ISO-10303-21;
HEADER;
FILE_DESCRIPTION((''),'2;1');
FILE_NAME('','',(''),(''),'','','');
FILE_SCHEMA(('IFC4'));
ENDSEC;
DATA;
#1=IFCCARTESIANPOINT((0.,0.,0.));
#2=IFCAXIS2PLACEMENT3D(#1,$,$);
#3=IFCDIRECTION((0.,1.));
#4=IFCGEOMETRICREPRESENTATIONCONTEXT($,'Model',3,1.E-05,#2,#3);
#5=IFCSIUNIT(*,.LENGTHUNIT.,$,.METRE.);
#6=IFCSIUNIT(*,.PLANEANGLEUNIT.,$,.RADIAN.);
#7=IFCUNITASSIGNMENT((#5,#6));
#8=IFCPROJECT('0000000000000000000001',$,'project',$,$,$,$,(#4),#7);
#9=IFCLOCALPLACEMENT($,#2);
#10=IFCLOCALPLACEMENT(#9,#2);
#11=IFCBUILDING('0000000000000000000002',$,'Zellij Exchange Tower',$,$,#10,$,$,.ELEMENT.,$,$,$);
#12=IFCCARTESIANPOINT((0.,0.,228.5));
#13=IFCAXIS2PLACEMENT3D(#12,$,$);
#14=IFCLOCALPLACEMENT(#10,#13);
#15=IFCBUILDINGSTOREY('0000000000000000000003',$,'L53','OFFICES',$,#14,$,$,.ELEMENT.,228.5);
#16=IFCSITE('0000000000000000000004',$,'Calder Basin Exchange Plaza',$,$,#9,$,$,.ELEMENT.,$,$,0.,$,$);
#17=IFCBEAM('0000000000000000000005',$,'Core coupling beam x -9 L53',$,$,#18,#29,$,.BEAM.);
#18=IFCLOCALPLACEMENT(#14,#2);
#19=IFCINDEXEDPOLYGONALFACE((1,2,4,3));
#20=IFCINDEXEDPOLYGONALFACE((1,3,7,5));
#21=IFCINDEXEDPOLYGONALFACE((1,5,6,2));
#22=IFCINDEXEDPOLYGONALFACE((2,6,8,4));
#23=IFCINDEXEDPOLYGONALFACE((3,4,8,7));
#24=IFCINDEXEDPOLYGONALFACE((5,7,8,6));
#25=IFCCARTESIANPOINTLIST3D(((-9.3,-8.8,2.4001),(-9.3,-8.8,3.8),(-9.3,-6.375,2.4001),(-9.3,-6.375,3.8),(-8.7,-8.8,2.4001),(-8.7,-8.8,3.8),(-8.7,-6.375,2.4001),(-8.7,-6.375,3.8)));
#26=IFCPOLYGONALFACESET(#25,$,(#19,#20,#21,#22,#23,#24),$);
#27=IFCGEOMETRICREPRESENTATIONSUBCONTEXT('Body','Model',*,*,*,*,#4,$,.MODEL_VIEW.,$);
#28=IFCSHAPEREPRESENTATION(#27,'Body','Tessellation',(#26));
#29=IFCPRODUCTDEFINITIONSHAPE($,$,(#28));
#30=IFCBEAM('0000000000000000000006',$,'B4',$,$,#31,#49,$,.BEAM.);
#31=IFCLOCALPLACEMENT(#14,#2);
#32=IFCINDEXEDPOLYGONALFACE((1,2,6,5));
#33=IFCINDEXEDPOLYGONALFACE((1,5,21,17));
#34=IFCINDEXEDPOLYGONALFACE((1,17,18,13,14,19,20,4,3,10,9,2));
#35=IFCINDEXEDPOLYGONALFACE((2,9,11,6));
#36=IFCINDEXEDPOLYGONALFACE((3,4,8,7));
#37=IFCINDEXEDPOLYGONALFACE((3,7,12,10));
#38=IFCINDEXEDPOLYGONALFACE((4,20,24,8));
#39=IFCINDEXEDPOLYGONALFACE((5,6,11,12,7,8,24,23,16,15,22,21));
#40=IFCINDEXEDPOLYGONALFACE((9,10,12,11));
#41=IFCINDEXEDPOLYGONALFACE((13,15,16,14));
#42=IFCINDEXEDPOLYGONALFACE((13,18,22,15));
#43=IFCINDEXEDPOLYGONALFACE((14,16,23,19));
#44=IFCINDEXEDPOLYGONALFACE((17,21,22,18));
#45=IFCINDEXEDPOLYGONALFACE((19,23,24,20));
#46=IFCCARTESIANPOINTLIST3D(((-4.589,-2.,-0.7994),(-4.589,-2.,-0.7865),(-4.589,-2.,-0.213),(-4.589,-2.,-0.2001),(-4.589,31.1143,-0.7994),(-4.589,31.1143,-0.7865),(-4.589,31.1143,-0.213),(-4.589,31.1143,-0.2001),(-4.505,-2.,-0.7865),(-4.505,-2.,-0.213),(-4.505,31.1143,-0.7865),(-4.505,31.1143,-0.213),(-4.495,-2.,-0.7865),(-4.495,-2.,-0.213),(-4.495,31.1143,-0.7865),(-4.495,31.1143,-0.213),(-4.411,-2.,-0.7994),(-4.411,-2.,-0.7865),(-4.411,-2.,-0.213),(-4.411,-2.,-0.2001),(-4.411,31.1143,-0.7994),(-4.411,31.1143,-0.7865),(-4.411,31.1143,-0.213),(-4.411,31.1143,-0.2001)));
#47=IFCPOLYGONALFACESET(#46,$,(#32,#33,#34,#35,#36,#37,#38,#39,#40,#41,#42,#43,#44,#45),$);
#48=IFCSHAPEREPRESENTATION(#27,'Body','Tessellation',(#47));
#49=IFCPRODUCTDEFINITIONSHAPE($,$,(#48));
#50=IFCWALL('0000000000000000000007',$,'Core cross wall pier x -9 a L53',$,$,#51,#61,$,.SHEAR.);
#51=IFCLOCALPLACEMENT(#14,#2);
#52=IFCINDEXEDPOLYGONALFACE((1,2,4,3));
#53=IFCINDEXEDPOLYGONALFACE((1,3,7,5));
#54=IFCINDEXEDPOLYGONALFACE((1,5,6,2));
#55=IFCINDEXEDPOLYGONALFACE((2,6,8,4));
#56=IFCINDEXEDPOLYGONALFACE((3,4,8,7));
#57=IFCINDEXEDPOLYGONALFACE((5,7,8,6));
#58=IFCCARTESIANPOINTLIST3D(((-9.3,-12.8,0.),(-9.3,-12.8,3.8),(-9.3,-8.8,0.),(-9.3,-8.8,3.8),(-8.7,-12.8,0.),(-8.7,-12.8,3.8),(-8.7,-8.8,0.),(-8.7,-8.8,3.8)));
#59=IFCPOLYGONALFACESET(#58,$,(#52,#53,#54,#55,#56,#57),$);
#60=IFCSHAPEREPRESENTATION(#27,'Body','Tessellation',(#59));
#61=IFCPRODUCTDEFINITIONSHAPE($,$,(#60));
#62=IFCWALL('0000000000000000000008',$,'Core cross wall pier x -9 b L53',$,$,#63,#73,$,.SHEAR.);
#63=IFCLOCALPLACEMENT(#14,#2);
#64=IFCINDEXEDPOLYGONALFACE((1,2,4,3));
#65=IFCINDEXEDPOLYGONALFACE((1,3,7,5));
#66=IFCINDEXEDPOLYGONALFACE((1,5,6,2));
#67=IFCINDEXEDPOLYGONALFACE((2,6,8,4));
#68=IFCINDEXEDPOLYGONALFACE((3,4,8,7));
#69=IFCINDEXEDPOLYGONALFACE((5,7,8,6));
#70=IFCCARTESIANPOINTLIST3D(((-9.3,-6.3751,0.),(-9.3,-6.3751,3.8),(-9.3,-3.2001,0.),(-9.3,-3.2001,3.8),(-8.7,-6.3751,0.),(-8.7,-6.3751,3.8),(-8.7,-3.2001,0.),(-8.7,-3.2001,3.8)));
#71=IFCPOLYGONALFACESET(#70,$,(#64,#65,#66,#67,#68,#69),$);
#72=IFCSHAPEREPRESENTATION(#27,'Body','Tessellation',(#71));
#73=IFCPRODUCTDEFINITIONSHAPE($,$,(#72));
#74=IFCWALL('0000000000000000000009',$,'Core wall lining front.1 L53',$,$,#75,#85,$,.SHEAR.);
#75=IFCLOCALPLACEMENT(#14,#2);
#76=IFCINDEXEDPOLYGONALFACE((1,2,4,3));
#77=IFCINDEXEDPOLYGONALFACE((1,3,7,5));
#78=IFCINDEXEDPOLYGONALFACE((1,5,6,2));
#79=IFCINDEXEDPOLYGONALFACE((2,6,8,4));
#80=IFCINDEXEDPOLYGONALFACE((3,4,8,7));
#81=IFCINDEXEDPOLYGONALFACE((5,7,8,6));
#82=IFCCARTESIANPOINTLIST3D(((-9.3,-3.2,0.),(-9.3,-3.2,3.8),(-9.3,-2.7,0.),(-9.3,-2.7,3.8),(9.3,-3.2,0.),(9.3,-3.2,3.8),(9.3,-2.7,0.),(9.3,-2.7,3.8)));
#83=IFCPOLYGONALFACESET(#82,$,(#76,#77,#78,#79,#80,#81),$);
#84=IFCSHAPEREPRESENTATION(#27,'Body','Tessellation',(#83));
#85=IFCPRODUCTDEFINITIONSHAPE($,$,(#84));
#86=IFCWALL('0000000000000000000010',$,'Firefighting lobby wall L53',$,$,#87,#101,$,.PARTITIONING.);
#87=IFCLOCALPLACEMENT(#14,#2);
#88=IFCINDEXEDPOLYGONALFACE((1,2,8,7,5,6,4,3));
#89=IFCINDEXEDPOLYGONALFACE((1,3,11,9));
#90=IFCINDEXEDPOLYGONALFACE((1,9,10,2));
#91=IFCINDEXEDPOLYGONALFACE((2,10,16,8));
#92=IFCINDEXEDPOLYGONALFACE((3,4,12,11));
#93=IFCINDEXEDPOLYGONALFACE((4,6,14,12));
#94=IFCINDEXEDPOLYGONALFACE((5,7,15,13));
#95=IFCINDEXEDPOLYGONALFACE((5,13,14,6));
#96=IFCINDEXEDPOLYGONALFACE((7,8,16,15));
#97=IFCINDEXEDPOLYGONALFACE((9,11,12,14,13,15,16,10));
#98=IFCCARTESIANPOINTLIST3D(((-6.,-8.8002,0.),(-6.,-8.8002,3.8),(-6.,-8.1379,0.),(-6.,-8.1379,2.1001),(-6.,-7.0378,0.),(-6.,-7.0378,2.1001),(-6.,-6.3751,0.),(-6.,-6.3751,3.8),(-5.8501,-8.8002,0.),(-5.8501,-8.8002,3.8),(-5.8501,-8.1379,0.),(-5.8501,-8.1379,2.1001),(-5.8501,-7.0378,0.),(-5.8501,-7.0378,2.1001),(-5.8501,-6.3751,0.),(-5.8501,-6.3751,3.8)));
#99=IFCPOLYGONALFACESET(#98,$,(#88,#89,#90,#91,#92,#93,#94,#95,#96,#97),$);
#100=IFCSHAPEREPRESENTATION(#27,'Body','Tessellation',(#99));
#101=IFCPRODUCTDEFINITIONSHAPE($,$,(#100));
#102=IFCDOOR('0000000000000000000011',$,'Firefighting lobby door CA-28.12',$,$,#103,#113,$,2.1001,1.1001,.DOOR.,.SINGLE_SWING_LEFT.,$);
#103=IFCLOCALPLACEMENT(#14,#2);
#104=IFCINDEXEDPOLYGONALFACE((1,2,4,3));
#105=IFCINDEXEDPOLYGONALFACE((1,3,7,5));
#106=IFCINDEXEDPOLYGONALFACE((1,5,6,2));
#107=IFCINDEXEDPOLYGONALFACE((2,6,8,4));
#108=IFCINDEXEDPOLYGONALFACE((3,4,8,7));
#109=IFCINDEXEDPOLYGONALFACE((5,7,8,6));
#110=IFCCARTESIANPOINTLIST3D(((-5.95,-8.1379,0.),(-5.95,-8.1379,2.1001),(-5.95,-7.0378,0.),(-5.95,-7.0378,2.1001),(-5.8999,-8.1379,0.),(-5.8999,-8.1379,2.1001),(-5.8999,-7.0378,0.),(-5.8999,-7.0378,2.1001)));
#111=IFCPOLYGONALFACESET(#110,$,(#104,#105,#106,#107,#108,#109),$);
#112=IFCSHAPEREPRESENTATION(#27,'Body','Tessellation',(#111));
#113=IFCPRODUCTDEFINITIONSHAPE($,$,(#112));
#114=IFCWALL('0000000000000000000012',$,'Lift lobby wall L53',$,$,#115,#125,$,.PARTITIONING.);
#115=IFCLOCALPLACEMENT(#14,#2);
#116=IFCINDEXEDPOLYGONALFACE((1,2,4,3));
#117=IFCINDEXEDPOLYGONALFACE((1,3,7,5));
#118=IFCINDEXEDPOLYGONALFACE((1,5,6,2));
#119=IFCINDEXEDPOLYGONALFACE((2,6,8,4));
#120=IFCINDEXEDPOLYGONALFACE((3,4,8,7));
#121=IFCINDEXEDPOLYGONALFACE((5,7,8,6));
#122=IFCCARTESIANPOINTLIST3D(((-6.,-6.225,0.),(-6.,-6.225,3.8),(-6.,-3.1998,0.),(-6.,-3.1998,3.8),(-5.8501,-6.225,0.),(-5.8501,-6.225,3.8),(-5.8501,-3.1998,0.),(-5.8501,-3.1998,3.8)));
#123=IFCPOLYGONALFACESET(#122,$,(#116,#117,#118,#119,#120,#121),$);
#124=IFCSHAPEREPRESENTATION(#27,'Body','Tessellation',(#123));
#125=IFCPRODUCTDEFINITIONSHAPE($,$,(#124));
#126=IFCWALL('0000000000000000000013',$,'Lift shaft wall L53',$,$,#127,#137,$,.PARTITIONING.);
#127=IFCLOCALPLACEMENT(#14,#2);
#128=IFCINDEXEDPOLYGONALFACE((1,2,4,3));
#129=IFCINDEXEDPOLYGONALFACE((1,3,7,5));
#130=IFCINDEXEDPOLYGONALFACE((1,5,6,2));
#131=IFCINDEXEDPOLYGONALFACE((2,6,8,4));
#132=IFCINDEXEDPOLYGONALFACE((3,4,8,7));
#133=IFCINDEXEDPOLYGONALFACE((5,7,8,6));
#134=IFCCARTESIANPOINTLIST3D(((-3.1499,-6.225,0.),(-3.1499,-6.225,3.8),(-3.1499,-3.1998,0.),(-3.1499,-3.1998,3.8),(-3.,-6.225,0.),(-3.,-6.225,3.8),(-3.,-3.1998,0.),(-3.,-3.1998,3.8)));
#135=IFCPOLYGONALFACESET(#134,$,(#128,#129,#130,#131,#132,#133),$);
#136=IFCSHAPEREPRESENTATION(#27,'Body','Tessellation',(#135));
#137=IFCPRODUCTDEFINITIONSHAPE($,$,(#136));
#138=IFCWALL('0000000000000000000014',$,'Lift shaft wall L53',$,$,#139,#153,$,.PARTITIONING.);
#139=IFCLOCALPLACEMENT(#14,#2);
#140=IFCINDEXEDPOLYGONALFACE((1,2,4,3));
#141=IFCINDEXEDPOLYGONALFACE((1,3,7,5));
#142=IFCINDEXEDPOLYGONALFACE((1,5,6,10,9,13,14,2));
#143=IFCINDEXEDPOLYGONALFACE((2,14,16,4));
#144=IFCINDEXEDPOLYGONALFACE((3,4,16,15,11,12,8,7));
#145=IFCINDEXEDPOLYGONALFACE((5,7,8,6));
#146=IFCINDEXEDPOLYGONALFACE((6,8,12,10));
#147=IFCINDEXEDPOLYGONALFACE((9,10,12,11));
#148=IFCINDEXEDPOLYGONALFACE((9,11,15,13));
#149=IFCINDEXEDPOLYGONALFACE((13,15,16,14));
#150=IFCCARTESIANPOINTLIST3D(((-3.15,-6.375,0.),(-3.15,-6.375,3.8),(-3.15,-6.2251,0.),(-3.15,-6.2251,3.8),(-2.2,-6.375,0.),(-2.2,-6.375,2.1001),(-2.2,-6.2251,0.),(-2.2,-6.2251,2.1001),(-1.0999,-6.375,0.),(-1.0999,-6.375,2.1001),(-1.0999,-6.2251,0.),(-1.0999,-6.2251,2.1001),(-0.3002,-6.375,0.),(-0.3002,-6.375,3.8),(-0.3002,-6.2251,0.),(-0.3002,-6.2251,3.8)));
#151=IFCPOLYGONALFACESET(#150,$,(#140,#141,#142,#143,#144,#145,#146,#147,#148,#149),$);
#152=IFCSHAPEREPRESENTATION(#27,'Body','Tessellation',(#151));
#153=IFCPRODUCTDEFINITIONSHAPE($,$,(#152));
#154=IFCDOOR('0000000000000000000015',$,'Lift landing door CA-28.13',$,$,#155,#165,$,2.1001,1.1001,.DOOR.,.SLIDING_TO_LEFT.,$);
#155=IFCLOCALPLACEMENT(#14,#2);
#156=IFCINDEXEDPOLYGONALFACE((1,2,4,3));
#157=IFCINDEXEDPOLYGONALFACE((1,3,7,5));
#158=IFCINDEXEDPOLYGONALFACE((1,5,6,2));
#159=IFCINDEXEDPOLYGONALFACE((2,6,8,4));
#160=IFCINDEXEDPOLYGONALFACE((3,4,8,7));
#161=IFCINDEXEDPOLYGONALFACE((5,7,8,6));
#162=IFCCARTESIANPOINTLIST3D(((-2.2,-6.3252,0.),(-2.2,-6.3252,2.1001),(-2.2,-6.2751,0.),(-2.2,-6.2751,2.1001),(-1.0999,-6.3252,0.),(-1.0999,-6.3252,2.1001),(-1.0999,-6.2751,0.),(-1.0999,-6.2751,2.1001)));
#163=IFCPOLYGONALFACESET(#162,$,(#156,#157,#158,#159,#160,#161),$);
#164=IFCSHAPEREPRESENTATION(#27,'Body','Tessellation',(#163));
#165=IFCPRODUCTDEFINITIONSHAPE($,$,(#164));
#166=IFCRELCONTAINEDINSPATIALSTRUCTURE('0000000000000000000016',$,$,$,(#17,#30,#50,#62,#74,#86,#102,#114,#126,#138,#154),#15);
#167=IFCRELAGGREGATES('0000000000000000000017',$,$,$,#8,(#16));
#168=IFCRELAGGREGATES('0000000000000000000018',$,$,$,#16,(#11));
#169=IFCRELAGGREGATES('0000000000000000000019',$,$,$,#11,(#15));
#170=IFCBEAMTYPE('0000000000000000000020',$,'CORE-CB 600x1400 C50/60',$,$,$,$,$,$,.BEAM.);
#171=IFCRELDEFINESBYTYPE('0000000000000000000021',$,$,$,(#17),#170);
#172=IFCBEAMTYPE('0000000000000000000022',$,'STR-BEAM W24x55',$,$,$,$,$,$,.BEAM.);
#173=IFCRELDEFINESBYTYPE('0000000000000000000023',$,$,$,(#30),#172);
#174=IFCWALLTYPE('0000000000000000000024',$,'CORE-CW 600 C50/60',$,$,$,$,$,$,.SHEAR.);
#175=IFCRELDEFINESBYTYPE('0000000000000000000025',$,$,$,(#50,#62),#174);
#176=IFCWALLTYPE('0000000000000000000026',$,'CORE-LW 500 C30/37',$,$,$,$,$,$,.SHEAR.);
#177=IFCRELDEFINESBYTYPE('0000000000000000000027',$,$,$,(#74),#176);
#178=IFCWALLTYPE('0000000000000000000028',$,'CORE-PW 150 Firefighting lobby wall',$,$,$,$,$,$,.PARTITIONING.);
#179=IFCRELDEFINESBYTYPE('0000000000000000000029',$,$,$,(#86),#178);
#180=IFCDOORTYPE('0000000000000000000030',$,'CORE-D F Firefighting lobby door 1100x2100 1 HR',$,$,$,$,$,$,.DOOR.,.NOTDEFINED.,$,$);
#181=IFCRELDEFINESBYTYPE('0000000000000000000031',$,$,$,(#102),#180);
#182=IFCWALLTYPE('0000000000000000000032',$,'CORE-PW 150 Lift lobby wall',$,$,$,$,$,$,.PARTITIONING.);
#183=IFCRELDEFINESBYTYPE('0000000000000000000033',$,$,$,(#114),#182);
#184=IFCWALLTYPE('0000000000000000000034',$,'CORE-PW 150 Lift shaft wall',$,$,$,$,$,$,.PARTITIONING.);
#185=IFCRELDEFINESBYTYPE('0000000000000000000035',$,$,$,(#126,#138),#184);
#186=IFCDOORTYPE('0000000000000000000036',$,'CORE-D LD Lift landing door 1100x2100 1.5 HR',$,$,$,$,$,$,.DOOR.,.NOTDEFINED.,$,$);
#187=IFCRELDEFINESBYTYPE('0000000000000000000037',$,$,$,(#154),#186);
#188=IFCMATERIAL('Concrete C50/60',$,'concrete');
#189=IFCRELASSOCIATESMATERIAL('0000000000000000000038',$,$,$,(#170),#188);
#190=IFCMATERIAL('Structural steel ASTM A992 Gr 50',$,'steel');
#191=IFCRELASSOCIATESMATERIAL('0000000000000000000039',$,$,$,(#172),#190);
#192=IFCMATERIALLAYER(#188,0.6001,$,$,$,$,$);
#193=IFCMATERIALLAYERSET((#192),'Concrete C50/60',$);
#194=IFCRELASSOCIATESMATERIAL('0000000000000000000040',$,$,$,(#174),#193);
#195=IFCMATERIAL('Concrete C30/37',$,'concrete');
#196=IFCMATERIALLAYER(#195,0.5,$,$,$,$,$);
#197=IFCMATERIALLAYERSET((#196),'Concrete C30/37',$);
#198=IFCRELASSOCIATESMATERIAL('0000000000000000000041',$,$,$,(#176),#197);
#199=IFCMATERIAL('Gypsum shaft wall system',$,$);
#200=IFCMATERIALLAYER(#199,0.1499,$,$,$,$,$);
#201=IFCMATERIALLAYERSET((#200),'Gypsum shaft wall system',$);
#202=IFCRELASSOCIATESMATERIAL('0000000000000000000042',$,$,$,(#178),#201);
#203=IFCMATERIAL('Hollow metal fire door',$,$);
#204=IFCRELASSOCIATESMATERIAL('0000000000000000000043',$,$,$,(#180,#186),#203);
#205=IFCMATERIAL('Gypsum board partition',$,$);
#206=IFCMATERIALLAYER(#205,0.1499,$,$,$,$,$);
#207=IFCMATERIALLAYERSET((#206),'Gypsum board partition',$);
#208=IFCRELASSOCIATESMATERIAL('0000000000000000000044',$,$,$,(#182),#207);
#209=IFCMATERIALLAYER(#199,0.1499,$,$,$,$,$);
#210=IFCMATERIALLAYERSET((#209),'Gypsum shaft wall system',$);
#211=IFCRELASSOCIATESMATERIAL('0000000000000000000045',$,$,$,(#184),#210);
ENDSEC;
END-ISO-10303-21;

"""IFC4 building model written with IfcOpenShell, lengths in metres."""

from ifc_helpers import new_model, si_unit, direction, frame, frame_2d, origin, origin_2d, place, context, subcontext, project, spatial, rectangle, i_section, extrude, material, layer, layer_set, material_profile, profile_set, type_object, element, fill, save


model = new_model("IFC4")

# Units and contexts
model_context = context("Model", 3, precision=1e-05, world=origin(), true_north=direction((0.0, 1.0)))
body_context = subcontext(model_context, "Body", "Model", "MODEL_VIEW")
ifc_project = project(units=[si_unit("LENGTHUNIT", "METRE"), si_unit("PLANEANGLEUNIT", "RADIAN")], contexts=[model_context])

# Site, building, storey
site_placement = place(None, origin())
site = spatial("IfcSite", under=ifc_project, at=site_placement, Name="Calder Basin Exchange Plaza", CompositionType="ELEMENT", RefElevation=0.0)
building_placement = place(site_placement, origin())
building = spatial("IfcBuilding", under=site, at=building_placement, Name="Zellij Exchange Tower", CompositionType="ELEMENT")
storey_placement = place(building_placement, frame((0.0, 0.0, 228.5)))
storey = spatial("IfcBuildingStorey", under=building, at=storey_placement, Name="L53", Description="OFFICES", CompositionType="ELEMENT", Elevation=228.5)

# Beams
ifc_material_1 = material(Name="Concrete C50/60", Category="concrete")
ifc_material_profile_1 = material_profile(ifc_material_1, rectangle(XDim=0.6001, YDim=1.3999, at=origin_2d()), Name="CORE-CB 600x1400 C50/60")
ifc_profile_set_1 = profile_set([ifc_material_profile_1], Name="Concrete C50/60")
beam_type_1 = type_object("IfcBeamType", Name="CORE-CB 600x1400 C50/60", PredefinedType="BEAM", material=ifc_profile_set_1)
beam_1_placement = place(storey_placement, frame((-9.0, -8.8, 3.1001), z_axis=(0.0, 1.0, 0.0), x_axis=(-1.0, 0.0, 0.0)))
element("IfcBeam", 1, at=beam_1_placement, inside=storey, type_object=beam_type_1, Name="Core coupling beam x -9 L53", PredefinedType="BEAM", context=body_context, shape_type="SweptSolid", body=[
    extrude(rectangle(XDim=0.6001, YDim=1.3999, at=origin_2d()), origin(), (0.0, 0.0, 1.0), 2.425),
])
ifc_material_2 = material(Name="Structural steel ASTM A992 Gr 50", Category="steel")
ifc_material_profile_2 = material_profile(ifc_material_2, i_section(OverallWidth=0.178, OverallDepth=0.5994, WebThickness=0.01, FlangeThickness=0.0129, at=origin_2d()), Name="W24x55")
ifc_profile_set_2 = profile_set([ifc_material_profile_2], Name="Structural steel ASTM A992 Gr 50")
beam_type_2 = type_object("IfcBeamType", Name="STR-BEAM W24x55", PredefinedType="BEAM", material=ifc_profile_set_2)
beam_2_placement = place(storey_placement, frame((-4.5, -2.0, -0.4998), z_axis=(0.0, 1.0, 0.0), x_axis=(-1.0, 0.0, 0.0)))
element("IfcBeam", 2, at=beam_2_placement, inside=storey, type_object=beam_type_2, Name="B4", PredefinedType="BEAM", context=body_context, shape_type="SweptSolid", body=[
    extrude(i_section(OverallWidth=0.178, OverallDepth=0.5994, WebThickness=0.01, FlangeThickness=0.0129, at=origin_2d()), origin(), (0.0, 0.0, 1.0), 33.1143),
])

# Walls
ifc_layer_1 = layer(ifc_material_1, 0.6001)
ifc_layer_set_1 = layer_set([ifc_layer_1], Name="Concrete C50/60")
wall_type_1 = type_object("IfcWallType", Name="CORE-CW 600 C50/60", PredefinedType="SHEAR", material=ifc_layer_set_1)
wall_1_placement = place(storey_placement, frame((-9.0, -12.8, 0.0), z_axis=(0.0, 0.0, 1.0), x_axis=(0.0, 1.0, 0.0)))
element("IfcWall", 3, at=wall_1_placement, inside=storey, type_object=wall_type_1, Name="Core cross wall pier x -9 a L53", PredefinedType="SHEAR", context=body_context, shape_type="SweptSolid", body=[
    extrude(rectangle(XDim=4.0, YDim=0.6001, at=frame_2d((2.0, 0.0))), origin(), (0.0, 0.0, 1.0), 3.8),
])
wall_2_placement = place(storey_placement, frame((-9.0, -6.375, 0.0), z_axis=(0.0, 0.0, 1.0), x_axis=(0.0, 1.0, 0.0)))
element("IfcWall", 4, at=wall_2_placement, inside=storey, type_object=wall_type_1, Name="Core cross wall pier x -9 b L53", PredefinedType="SHEAR", context=body_context, shape_type="SweptSolid", body=[
    extrude(rectangle(XDim=3.175, YDim=0.6001, at=frame_2d((1.5874, 0.0))), origin(), (0.0, 0.0, 1.0), 3.8),
])
ifc_material_3 = material(Name="Concrete C30/37", Category="concrete")
ifc_layer_2 = layer(ifc_material_3, 0.5)
ifc_layer_set_2 = layer_set([ifc_layer_2], Name="Concrete C30/37")
wall_type_2 = type_object("IfcWallType", Name="CORE-LW 500 C30/37", PredefinedType="SHEAR", material=ifc_layer_set_2)
wall_3_placement = place(storey_placement, frame((-9.3, -2.95, 0.0), z_axis=(0.0, 0.0, 1.0), x_axis=(1.0, 0.0, 0.0)))
element("IfcWall", 5, at=wall_3_placement, inside=storey, type_object=wall_type_2, Name="Core wall lining front.1 L53", PredefinedType="SHEAR", context=body_context, shape_type="SweptSolid", body=[
    extrude(rectangle(XDim=18.6001, YDim=0.5, at=frame_2d((9.3, 0.0))), origin(), (0.0, 0.0, 1.0), 3.8),
])

# Wall, opening, door
ifc_material_4 = material(Name="Gypsum shaft wall system")
ifc_layer_3 = layer(ifc_material_4, 0.1499)
ifc_layer_set_3 = layer_set([ifc_layer_3], Name="Gypsum shaft wall system")
wall_type_3 = type_object("IfcWallType", Name="CORE-PW 150 Firefighting lobby wall", PredefinedType="PARTITIONING", material=ifc_layer_set_3)
wall_4_placement = place(storey_placement, frame((-5.925, -8.8, 0.0), z_axis=(0.0, 0.0, 1.0), x_axis=(0.0, 1.0, 0.0)))
wall_4 = element("IfcWall", 6, at=wall_4_placement, inside=storey, type_object=wall_type_3, Name="Firefighting lobby wall L53", PredefinedType="PARTITIONING", context=body_context, shape_type="SweptSolid", body=[
    extrude(rectangle(XDim=2.425, YDim=0.1499, at=frame_2d((1.2124, 0.0))), origin(), (0.0, 0.0, 1.0), 3.8),
])
opening_1_placement = place(wall_4_placement, frame((0.6621, 0.0, 0.0)))
opening_1 = element("IfcOpeningElement", 7, at=opening_1_placement, cuts=wall_4, PredefinedType="OPENING", context=body_context, shape_type="SweptSolid", body=[
    extrude(rectangle(XDim=1.1001, YDim=2.1001, at=frame_2d((0.55, 1.05))), frame((0.0, 0.0869, 0.0), z_axis=(0.0, -1.0, 0.0), x_axis=(1.0, 0.0, 0.0)), (0.0, 0.0, 1.0), 0.1738),
])
ifc_material_5 = material(Name="Hollow metal fire door")
door_type_1 = type_object("IfcDoorType", Name="CORE-D F Firefighting lobby door 1100x2100 1 HR", OperationType="NOTDEFINED", PredefinedType="DOOR", material=ifc_material_5)
door_1_placement = place(opening_1_placement, origin())
door_1 = element("IfcDoor", 8, at=door_1_placement, inside=storey, type_object=door_type_1, Name="Firefighting lobby door CA-28.12", OperationType="SINGLE_SWING_LEFT", OverallHeight=2.1001, OverallWidth=1.1001, PredefinedType="DOOR", context=body_context, shape_type="SweptSolid", body=[
    extrude(rectangle(XDim=1.1001, YDim=2.1001, at=frame_2d((0.55, 1.05))), frame((0.0, 0.0249, 0.0), z_axis=(0.0, -1.0, 0.0), x_axis=(1.0, 0.0, 0.0)), (0.0, 0.0, 1.0), 0.05),
])
fill(opening_1, door_1)

# Walls
ifc_material_6 = material(Name="Gypsum board partition")
ifc_layer_4 = layer(ifc_material_6, 0.1499)
ifc_layer_set_4 = layer_set([ifc_layer_4], Name="Gypsum board partition")
wall_type_4 = type_object("IfcWallType", Name="CORE-PW 150 Lift lobby wall", PredefinedType="PARTITIONING", material=ifc_layer_set_4)
wall_5_placement = place(storey_placement, frame((-5.925, -6.2251, 0.0), z_axis=(0.0, 0.0, 1.0), x_axis=(0.0, 1.0, 0.0)))
element("IfcWall", 9, at=wall_5_placement, inside=storey, type_object=wall_type_4, Name="Lift lobby wall L53", PredefinedType="PARTITIONING", context=body_context, shape_type="SweptSolid", body=[
    extrude(rectangle(XDim=3.0251, YDim=0.1499, at=frame_2d((1.5127, 0.0))), origin(), (0.0, 0.0, 1.0), 3.8),
])
ifc_layer_5 = layer(ifc_material_4, 0.1499)
ifc_layer_set_5 = layer_set([ifc_layer_5], Name="Gypsum shaft wall system")
wall_type_5 = type_object("IfcWallType", Name="CORE-PW 150 Lift shaft wall", PredefinedType="PARTITIONING", material=ifc_layer_set_5)
wall_6_placement = place(storey_placement, frame((-3.075, -6.2251, 0.0), z_axis=(0.0, 0.0, 1.0), x_axis=(0.0, 1.0, 0.0)))
element("IfcWall", 10, at=wall_6_placement, inside=storey, type_object=wall_type_5, Name="Lift shaft wall L53", PredefinedType="PARTITIONING", context=body_context, shape_type="SweptSolid", body=[
    extrude(rectangle(XDim=3.0251, YDim=0.1499, at=frame_2d((1.5127, 0.0))), origin(), (0.0, 0.0, 1.0), 3.8),
])

# Wall, opening, door
wall_7_placement = place(storey_placement, frame((-3.1499, -6.3, 0.0), z_axis=(0.0, 0.0, 1.0), x_axis=(1.0, 0.0, 0.0)))
wall_7 = element("IfcWall", 11, at=wall_7_placement, inside=storey, type_object=wall_type_5, Name="Lift shaft wall L53", PredefinedType="PARTITIONING", context=body_context, shape_type="SweptSolid", body=[
    extrude(rectangle(XDim=2.8499, YDim=0.1499, at=frame_2d((1.4248, 0.0))), origin(), (0.0, 0.0, 1.0), 3.8),
])
opening_2_placement = place(wall_7_placement, frame((0.95, 0.0, 0.0)))
opening_2 = element("IfcOpeningElement", 12, at=opening_2_placement, cuts=wall_7, PredefinedType="OPENING", context=body_context, shape_type="SweptSolid", body=[
    extrude(rectangle(XDim=1.1001, YDim=2.1001, at=frame_2d((0.55, 1.05))), frame((0.0, 0.0869, 0.0), z_axis=(0.0, -1.0, 0.0), x_axis=(1.0, 0.0, 0.0)), (0.0, 0.0, 1.0), 0.1738),
])
door_type_2 = type_object("IfcDoorType", Name="CORE-D LD Lift landing door 1100x2100 1.5 HR", OperationType="NOTDEFINED", PredefinedType="DOOR", material=ifc_material_5)
door_2_placement = place(opening_2_placement, origin())
door_2 = element("IfcDoor", 13, at=door_2_placement, inside=storey, type_object=door_type_2, Name="Lift landing door CA-28.13", OperationType="SLIDING_TO_LEFT", OverallHeight=2.1001, OverallWidth=1.1001, PredefinedType="DOOR", context=body_context, shape_type="SweptSolid", body=[
    extrude(rectangle(XDim=1.1001, YDim=2.1001, at=frame_2d((0.55, 1.05))), frame((0.0, 0.0249, 0.0), z_axis=(0.0, -1.0, 0.0), x_axis=(1.0, 0.0, 0.0)), (0.0, 0.0, 1.0), 0.05),
])
fill(opening_2, door_2)

save(model, "model.ifc")
